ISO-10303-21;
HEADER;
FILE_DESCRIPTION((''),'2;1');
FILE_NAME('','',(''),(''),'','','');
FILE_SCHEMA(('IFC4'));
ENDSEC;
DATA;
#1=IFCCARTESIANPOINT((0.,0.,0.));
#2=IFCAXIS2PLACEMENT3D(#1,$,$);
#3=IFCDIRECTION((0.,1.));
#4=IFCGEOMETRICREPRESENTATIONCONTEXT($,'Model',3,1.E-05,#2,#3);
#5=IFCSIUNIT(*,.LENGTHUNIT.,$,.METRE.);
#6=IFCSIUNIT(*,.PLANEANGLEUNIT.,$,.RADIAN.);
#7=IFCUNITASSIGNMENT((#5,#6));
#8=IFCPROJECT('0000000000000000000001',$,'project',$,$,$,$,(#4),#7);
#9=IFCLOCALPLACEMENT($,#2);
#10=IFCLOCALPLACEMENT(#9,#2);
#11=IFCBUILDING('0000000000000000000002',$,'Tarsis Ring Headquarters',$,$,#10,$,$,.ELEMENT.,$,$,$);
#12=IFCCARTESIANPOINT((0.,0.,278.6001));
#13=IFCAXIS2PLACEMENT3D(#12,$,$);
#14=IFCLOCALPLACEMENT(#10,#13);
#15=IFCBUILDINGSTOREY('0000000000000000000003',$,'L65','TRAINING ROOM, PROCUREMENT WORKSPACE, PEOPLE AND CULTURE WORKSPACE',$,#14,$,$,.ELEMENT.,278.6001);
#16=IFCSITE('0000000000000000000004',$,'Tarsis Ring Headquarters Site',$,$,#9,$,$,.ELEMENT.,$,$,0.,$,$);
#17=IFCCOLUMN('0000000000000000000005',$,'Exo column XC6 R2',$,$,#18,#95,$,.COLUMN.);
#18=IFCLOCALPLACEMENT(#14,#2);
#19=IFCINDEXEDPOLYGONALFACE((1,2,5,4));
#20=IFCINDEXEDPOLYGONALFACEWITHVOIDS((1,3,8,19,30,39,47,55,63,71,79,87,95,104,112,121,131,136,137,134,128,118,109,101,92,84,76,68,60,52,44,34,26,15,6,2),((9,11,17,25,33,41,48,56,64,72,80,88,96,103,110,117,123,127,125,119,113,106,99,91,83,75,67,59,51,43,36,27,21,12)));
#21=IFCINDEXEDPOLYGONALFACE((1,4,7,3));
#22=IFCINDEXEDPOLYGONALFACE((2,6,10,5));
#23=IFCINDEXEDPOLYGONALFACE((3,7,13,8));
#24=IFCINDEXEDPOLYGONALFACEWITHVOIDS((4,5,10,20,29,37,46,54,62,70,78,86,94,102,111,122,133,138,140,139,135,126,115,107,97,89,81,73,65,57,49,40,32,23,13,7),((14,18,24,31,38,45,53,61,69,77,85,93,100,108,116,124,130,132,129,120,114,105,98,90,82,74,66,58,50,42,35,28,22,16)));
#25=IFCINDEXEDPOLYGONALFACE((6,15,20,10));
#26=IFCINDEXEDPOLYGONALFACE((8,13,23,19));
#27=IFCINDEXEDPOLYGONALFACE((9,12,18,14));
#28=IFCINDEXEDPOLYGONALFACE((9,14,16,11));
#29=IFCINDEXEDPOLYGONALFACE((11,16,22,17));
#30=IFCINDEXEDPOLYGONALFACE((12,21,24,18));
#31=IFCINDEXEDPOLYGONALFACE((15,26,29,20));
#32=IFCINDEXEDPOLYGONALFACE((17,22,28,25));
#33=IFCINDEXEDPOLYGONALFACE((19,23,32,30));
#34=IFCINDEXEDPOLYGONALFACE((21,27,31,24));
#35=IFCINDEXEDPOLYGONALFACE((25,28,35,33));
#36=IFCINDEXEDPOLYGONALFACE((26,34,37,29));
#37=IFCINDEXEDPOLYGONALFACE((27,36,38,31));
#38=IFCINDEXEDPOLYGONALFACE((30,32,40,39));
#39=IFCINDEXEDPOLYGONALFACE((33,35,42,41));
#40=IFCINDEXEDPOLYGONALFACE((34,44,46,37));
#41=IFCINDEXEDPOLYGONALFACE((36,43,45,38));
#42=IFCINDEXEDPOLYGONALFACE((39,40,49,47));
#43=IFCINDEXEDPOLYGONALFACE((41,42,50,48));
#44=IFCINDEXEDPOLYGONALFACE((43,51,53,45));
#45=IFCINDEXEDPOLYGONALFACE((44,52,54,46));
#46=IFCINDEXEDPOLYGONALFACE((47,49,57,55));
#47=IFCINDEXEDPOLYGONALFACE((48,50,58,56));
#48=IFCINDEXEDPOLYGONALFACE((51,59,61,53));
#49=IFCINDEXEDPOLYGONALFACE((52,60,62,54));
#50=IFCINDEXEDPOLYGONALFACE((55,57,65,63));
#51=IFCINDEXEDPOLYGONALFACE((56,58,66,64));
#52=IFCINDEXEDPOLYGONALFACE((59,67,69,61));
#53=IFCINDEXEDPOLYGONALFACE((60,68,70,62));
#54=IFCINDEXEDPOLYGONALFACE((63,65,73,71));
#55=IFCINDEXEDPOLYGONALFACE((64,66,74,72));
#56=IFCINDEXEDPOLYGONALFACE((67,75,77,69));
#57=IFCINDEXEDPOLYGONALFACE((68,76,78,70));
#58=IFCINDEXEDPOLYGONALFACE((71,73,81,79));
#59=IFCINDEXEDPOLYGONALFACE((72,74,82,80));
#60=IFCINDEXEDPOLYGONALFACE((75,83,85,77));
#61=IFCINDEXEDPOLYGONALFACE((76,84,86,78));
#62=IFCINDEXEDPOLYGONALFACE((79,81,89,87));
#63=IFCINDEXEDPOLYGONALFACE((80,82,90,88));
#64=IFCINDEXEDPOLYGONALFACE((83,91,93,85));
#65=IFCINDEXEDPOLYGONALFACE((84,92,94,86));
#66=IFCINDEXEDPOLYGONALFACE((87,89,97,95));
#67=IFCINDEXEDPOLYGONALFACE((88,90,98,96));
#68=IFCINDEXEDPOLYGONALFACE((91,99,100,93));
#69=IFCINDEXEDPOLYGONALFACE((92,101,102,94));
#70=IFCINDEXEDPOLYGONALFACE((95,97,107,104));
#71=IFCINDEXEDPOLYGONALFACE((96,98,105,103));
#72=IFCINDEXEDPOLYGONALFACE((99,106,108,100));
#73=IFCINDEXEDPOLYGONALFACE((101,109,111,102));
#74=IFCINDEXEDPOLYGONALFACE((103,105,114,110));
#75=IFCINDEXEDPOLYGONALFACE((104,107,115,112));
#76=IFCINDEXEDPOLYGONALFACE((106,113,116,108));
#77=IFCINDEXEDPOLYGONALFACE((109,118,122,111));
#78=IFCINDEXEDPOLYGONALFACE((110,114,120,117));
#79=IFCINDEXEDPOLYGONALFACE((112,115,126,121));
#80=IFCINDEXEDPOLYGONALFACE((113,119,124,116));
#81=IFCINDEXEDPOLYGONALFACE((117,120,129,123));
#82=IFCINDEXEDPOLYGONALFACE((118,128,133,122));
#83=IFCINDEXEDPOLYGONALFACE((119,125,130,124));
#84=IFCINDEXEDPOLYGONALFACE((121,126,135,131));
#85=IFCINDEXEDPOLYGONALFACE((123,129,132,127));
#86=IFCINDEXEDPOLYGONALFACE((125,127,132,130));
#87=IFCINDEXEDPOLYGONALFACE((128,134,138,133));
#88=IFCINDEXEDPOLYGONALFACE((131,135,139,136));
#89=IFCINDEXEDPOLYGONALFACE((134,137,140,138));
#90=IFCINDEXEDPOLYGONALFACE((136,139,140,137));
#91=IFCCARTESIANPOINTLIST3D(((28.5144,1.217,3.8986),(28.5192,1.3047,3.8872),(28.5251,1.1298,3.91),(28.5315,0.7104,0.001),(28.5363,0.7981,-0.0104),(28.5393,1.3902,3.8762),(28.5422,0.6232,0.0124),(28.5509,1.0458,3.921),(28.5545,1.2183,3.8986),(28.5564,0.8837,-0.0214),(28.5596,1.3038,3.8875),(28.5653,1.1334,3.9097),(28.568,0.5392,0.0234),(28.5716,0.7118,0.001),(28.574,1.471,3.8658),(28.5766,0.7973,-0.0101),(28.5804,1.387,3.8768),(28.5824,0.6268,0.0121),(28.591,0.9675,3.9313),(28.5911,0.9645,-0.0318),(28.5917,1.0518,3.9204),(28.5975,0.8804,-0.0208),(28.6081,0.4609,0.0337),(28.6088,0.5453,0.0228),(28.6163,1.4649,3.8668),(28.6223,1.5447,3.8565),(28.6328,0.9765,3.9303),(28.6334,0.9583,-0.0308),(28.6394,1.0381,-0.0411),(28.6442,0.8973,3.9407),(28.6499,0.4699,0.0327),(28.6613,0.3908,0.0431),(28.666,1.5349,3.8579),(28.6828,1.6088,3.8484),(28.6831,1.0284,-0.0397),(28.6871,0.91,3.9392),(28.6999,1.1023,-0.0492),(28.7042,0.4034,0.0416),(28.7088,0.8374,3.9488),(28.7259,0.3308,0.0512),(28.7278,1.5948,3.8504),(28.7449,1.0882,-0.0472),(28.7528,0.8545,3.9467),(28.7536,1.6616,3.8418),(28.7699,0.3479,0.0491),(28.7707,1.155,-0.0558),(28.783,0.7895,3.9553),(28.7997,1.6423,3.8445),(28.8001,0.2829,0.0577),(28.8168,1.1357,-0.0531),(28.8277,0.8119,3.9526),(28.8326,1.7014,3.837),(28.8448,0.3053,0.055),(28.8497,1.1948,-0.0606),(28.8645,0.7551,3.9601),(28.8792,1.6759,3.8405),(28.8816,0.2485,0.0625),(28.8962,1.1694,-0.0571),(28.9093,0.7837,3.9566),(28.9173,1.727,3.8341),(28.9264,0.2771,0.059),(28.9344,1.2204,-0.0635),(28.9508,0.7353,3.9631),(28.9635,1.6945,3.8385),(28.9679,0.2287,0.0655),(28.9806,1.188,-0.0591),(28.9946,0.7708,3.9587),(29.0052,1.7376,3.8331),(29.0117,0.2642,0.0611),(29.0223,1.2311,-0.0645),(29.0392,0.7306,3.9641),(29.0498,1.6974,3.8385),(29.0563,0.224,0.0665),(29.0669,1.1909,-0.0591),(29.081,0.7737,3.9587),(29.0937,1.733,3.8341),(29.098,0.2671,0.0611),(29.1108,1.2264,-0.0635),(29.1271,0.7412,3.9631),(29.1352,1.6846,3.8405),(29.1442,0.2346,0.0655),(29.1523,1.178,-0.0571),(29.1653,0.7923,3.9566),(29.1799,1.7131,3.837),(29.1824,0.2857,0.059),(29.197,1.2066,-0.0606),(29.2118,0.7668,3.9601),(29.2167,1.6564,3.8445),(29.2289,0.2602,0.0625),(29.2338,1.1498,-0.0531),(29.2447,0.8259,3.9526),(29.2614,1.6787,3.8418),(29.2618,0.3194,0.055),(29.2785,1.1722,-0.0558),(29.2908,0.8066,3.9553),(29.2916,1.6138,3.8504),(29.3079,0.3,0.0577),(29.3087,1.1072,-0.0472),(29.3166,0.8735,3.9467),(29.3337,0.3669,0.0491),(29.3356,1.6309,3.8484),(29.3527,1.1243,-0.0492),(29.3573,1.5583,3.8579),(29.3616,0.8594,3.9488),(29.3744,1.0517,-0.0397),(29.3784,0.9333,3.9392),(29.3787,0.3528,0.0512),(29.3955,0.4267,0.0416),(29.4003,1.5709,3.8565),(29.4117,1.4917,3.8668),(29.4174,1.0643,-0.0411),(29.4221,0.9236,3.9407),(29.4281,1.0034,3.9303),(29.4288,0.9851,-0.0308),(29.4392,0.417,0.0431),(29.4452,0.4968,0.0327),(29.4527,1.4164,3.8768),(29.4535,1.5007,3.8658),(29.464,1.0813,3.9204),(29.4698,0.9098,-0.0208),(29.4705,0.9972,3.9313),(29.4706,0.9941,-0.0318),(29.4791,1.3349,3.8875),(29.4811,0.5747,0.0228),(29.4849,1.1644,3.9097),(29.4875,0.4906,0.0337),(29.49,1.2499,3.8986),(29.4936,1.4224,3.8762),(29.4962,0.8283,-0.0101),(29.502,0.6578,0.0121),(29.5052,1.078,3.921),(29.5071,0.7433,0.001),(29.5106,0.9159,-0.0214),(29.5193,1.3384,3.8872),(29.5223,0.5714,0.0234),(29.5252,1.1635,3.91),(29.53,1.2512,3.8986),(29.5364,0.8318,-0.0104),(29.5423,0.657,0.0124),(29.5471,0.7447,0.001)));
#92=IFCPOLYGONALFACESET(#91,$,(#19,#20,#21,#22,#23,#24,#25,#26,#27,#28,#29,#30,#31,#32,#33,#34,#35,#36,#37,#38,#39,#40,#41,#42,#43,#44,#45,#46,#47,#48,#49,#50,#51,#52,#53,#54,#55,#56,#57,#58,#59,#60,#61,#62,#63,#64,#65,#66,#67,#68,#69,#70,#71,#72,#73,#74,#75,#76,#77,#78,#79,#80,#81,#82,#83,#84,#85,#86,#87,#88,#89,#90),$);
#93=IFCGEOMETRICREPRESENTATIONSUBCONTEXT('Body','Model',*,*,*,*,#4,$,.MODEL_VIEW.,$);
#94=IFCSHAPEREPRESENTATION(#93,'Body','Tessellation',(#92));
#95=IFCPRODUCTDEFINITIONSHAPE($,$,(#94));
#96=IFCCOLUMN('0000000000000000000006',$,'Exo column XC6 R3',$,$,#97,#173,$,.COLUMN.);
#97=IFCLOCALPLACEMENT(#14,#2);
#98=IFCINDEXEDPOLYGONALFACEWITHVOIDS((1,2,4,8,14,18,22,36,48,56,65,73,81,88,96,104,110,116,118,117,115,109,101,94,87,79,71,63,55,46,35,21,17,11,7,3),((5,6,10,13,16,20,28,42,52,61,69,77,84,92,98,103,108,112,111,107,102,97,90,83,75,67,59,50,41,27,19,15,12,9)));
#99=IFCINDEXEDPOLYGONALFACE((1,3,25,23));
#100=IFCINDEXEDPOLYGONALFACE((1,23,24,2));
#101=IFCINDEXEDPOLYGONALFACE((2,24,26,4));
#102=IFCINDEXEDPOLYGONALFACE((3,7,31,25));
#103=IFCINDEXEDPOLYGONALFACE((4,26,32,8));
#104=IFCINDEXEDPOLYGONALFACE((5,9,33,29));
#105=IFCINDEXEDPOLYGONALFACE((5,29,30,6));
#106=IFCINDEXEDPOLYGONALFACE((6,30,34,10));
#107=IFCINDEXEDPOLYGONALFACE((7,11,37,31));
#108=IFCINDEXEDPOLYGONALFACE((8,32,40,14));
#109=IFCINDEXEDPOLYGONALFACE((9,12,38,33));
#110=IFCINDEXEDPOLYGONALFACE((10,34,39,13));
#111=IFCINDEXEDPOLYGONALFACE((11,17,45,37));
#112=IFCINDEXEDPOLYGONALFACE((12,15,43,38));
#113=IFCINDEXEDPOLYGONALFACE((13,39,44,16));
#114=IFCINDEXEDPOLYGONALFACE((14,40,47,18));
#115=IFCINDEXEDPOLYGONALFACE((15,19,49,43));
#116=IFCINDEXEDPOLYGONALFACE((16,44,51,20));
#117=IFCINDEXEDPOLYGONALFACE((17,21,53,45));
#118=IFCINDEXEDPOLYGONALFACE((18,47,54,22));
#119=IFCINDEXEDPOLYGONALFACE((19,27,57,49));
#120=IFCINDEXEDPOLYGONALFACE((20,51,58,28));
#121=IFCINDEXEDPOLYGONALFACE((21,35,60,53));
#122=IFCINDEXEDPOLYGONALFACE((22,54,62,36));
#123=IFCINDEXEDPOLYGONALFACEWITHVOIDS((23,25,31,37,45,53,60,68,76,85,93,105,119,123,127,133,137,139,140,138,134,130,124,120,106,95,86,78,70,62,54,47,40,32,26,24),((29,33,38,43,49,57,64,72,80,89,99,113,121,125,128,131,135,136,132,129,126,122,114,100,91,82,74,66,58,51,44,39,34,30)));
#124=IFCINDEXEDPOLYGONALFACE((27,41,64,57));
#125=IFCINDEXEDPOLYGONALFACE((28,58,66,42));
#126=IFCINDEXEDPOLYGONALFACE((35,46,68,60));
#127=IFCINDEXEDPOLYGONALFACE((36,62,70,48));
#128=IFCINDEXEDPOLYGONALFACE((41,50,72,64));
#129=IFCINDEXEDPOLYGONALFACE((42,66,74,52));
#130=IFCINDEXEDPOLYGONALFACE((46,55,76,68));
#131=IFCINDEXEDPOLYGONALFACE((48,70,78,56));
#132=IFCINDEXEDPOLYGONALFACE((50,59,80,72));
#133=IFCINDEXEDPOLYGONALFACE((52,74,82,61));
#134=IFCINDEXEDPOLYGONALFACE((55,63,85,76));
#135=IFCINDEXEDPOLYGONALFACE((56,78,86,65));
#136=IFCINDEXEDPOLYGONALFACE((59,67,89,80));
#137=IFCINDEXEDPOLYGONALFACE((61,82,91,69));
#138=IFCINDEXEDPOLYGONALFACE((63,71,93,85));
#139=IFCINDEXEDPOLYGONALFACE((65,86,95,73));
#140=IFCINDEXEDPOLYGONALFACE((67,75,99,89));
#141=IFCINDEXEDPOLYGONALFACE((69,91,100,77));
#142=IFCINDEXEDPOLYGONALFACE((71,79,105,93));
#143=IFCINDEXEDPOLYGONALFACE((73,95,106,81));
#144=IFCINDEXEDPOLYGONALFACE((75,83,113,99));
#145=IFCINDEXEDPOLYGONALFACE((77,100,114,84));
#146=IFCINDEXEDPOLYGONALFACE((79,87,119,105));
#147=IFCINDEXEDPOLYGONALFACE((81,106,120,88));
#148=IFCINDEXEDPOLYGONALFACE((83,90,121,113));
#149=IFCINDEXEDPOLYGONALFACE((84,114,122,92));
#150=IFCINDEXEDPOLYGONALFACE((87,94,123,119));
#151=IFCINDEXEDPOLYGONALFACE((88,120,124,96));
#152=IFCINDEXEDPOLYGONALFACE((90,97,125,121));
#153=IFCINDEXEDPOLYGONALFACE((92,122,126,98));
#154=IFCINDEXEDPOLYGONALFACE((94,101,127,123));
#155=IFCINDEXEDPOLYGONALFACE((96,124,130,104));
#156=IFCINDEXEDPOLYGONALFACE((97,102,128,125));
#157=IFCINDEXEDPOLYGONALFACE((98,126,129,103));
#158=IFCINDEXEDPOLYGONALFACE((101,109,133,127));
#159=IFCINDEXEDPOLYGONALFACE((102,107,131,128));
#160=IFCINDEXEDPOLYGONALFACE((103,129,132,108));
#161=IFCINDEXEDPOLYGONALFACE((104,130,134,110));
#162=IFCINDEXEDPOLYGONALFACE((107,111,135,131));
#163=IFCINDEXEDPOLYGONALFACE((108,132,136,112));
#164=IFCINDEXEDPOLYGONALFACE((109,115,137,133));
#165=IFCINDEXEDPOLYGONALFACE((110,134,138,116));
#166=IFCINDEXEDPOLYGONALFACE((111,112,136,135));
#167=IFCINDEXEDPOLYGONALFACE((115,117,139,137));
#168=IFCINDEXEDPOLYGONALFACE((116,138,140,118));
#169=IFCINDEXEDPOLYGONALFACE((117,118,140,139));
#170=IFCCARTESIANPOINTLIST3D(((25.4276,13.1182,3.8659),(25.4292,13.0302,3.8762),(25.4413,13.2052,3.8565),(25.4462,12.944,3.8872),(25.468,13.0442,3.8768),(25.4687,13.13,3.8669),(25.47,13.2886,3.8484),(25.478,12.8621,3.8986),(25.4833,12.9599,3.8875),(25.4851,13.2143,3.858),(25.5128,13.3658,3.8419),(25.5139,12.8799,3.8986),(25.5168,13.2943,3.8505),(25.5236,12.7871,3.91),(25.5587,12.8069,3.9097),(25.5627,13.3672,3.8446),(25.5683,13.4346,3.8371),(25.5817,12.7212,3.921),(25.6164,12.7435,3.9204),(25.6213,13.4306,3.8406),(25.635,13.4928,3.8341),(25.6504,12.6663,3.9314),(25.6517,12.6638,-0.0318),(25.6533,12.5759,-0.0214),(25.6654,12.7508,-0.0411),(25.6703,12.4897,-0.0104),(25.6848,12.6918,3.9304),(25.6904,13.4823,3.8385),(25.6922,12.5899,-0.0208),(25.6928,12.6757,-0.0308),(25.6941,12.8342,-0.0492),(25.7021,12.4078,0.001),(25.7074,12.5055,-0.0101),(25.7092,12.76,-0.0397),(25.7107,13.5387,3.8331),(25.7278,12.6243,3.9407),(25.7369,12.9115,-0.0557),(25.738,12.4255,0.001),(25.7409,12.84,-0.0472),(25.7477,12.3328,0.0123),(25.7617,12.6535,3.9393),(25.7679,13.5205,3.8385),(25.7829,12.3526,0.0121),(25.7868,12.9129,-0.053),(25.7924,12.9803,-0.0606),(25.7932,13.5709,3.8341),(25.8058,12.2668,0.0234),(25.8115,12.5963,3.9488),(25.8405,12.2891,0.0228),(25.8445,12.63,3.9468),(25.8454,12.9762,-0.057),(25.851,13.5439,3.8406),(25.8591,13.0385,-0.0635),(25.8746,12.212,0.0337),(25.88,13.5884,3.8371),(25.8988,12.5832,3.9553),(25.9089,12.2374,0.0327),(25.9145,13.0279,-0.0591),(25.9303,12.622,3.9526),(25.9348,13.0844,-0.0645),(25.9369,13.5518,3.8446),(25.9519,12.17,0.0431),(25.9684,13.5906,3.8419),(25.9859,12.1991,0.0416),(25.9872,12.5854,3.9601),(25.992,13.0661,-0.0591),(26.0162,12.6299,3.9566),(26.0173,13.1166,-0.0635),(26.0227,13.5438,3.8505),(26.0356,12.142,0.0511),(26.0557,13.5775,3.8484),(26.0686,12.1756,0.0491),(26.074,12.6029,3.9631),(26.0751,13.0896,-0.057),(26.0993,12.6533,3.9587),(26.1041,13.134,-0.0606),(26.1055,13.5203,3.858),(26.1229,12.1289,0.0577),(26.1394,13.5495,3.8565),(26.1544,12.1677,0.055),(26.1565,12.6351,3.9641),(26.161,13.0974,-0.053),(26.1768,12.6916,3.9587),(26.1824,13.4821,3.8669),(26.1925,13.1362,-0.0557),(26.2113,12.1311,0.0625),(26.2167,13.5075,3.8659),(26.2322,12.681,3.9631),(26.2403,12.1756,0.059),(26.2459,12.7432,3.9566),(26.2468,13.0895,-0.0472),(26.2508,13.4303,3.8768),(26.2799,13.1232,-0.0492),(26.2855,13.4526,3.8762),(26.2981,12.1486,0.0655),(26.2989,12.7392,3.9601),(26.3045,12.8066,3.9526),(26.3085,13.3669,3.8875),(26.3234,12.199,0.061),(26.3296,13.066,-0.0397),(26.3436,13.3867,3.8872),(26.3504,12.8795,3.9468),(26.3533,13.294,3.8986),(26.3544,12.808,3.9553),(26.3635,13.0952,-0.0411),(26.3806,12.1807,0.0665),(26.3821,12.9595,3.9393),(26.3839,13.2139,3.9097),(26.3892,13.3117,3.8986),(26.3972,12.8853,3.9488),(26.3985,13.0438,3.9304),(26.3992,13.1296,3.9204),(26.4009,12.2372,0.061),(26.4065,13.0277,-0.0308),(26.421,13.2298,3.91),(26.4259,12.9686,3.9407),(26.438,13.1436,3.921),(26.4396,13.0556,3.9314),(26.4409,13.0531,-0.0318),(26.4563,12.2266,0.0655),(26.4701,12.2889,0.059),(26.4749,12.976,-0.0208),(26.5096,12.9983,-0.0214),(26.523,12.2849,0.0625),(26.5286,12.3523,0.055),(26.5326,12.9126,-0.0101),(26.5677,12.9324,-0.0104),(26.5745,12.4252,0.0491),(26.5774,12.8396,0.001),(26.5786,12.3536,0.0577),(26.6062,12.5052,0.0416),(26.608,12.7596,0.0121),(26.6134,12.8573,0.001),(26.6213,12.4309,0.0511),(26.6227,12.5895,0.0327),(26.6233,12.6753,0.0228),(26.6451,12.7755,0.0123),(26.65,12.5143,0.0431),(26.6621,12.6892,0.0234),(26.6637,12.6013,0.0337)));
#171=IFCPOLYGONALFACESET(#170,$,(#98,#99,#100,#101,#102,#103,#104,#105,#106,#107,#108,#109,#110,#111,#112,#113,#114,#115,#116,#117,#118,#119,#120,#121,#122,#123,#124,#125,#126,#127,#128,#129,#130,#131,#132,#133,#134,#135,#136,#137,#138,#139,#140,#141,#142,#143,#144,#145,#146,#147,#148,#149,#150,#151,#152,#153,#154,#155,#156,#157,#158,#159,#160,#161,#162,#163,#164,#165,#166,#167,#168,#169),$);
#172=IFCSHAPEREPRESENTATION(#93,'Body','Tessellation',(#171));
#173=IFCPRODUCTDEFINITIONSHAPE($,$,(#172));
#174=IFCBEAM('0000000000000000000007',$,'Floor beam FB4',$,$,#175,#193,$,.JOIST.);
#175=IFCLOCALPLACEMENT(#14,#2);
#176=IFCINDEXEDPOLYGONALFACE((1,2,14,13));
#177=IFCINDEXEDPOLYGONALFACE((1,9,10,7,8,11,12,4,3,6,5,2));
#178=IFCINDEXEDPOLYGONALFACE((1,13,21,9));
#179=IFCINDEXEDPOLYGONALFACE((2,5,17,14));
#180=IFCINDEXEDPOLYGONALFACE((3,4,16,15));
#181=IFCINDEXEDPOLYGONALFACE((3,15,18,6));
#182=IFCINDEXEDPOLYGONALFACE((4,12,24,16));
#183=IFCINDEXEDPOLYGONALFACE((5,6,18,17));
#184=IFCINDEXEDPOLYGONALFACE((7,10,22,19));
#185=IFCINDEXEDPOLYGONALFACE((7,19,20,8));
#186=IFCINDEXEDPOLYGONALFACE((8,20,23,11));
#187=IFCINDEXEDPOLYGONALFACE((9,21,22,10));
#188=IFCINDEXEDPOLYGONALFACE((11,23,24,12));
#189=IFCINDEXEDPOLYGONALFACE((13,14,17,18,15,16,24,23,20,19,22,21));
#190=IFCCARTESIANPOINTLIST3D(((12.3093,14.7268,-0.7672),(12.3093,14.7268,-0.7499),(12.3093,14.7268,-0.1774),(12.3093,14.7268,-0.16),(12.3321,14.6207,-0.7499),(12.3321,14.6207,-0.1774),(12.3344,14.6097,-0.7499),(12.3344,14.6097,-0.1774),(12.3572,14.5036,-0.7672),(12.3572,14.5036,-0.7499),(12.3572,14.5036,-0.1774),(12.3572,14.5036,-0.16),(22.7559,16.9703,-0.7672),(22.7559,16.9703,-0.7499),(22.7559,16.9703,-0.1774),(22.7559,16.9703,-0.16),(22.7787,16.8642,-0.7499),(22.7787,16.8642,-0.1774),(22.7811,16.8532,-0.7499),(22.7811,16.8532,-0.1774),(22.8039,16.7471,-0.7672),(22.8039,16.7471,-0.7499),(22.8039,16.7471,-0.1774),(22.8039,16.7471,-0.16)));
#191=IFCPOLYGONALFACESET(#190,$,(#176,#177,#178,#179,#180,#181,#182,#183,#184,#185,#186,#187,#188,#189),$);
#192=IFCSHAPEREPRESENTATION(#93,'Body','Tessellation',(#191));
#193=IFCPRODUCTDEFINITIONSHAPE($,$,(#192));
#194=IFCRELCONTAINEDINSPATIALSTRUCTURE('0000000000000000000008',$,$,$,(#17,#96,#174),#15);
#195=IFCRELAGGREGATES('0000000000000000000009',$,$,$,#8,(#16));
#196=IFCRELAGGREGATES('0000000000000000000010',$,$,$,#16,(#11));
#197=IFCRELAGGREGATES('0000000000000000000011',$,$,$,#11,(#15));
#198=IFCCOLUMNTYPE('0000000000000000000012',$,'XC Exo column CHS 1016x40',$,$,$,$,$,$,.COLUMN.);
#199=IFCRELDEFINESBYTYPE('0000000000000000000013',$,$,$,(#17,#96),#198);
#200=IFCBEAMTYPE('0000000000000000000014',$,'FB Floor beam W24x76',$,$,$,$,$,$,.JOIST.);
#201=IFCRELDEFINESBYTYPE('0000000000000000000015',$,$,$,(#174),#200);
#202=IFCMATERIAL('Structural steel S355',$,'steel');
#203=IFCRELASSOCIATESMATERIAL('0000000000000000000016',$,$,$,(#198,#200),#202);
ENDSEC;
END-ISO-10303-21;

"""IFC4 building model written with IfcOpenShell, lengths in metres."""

from ifc_helpers import new_model, si_unit, direction, frame, origin, origin_2d, place, context, subcontext, project, spatial, hollow_circle, i_section, extrude, material, material_profile, profile_set, type_object, element, save


model = new_model("IFC4")

# Units and contexts
model_context = context("Model", 3, precision=1e-05, world=origin(), true_north=direction((0.0, 1.0)))
body_context = subcontext(model_context, "Body", "Model", "MODEL_VIEW")
ifc_project = project(units=[si_unit("LENGTHUNIT", "METRE"), si_unit("PLANEANGLEUNIT", "RADIAN")], contexts=[model_context])

# Site, building, storey
site_placement = place(None, origin())
site = spatial("IfcSite", under=ifc_project, at=site_placement, Name="Tarsis Ring Headquarters Site", CompositionType="ELEMENT", RefElevation=0.0)
building_placement = place(site_placement, origin())
building = spatial("IfcBuilding", under=site, at=building_placement, Name="Tarsis Ring Headquarters", CompositionType="ELEMENT")
storey_placement = place(building_placement, frame((0.0, 0.0, 278.6001)))
storey = spatial("IfcBuildingStorey", under=building, at=storey_placement, Name="L65", Description="TRAINING ROOM, PROCUREMENT WORKSPACE, PEOPLE AND CULTURE WORKSPACE", CompositionType="ELEMENT", Elevation=278.6001)

# Columns
ifc_material_1 = material(Name="Structural steel S355", Category="steel")
ifc_material_profile_1 = material_profile(ifc_material_1, hollow_circle(Radius=0.5081, WallThickness=0.04, at=origin_2d()), Name="CHS 1016x40")
ifc_profile_set_1 = profile_set([ifc_material_profile_1], Name="Structural steel S355")
column_type = type_object("IfcColumnType", Name="XC Exo column CHS 1016x40", PredefinedType="COLUMN", material=ifc_profile_set_1)
for number, where, z_axis, x_axis, name in (
    (1, (29.0393, 0.7275, 0.001), (-0.004348, 0.128887, 0.99165), (-0.999431, -0.033716, 0.0), "Exo column XC6 R2"),
    (2, (26.1577, 12.6326, 0.001), (-0.057021, 0.115595, 0.991658), (-0.896824, -0.442388, 0.0), "Exo column XC6 R3"),
):
    element("IfcColumn", number, at=place(storey_placement, frame(where, z_axis=z_axis, x_axis=x_axis)), inside=storey, type_object=column_type, Name=name, PredefinedType="COLUMN", context=body_context, shape_type="SweptSolid", body=[
        extrude(hollow_circle(Radius=0.5081, WallThickness=0.04, at=origin_2d()), origin(), (0.0, 0.0, 1.0), 3.9304),
    ])

# Beam
ifc_material_profile_2 = material_profile(ifc_material_1, i_section(OverallWidth=0.2283, OverallDepth=0.6072, WebThickness=0.0112, FlangeThickness=0.0173, at=origin_2d()), Name="W24x76")
ifc_profile_set_2 = profile_set([ifc_material_profile_2], Name="Structural steel S355")
beam_type_1 = type_object("IfcBeamType", Name="FB Floor beam W24x76", PredefinedType="JOIST", material=ifc_profile_set_2)
beam_1_placement = place(storey_placement, frame((12.3333, 14.6152, -0.4636), z_axis=(0.977709, 0.209964, 0.0), x_axis=(-0.209964, 0.977709, 0.0)))
element("IfcBeam", 3, at=beam_1_placement, inside=storey, type_object=beam_type_1, Name="Floor beam FB4", PredefinedType="JOIST", context=body_context, shape_type="SweptSolid", body=[
    extrude(i_section(OverallWidth=0.2283, OverallDepth=0.6072, WebThickness=0.0112, FlangeThickness=0.0173, at=origin_2d()), origin(), (0.0, 0.0, 1.0), 10.6848),
])

save(model, "model.ifc")
